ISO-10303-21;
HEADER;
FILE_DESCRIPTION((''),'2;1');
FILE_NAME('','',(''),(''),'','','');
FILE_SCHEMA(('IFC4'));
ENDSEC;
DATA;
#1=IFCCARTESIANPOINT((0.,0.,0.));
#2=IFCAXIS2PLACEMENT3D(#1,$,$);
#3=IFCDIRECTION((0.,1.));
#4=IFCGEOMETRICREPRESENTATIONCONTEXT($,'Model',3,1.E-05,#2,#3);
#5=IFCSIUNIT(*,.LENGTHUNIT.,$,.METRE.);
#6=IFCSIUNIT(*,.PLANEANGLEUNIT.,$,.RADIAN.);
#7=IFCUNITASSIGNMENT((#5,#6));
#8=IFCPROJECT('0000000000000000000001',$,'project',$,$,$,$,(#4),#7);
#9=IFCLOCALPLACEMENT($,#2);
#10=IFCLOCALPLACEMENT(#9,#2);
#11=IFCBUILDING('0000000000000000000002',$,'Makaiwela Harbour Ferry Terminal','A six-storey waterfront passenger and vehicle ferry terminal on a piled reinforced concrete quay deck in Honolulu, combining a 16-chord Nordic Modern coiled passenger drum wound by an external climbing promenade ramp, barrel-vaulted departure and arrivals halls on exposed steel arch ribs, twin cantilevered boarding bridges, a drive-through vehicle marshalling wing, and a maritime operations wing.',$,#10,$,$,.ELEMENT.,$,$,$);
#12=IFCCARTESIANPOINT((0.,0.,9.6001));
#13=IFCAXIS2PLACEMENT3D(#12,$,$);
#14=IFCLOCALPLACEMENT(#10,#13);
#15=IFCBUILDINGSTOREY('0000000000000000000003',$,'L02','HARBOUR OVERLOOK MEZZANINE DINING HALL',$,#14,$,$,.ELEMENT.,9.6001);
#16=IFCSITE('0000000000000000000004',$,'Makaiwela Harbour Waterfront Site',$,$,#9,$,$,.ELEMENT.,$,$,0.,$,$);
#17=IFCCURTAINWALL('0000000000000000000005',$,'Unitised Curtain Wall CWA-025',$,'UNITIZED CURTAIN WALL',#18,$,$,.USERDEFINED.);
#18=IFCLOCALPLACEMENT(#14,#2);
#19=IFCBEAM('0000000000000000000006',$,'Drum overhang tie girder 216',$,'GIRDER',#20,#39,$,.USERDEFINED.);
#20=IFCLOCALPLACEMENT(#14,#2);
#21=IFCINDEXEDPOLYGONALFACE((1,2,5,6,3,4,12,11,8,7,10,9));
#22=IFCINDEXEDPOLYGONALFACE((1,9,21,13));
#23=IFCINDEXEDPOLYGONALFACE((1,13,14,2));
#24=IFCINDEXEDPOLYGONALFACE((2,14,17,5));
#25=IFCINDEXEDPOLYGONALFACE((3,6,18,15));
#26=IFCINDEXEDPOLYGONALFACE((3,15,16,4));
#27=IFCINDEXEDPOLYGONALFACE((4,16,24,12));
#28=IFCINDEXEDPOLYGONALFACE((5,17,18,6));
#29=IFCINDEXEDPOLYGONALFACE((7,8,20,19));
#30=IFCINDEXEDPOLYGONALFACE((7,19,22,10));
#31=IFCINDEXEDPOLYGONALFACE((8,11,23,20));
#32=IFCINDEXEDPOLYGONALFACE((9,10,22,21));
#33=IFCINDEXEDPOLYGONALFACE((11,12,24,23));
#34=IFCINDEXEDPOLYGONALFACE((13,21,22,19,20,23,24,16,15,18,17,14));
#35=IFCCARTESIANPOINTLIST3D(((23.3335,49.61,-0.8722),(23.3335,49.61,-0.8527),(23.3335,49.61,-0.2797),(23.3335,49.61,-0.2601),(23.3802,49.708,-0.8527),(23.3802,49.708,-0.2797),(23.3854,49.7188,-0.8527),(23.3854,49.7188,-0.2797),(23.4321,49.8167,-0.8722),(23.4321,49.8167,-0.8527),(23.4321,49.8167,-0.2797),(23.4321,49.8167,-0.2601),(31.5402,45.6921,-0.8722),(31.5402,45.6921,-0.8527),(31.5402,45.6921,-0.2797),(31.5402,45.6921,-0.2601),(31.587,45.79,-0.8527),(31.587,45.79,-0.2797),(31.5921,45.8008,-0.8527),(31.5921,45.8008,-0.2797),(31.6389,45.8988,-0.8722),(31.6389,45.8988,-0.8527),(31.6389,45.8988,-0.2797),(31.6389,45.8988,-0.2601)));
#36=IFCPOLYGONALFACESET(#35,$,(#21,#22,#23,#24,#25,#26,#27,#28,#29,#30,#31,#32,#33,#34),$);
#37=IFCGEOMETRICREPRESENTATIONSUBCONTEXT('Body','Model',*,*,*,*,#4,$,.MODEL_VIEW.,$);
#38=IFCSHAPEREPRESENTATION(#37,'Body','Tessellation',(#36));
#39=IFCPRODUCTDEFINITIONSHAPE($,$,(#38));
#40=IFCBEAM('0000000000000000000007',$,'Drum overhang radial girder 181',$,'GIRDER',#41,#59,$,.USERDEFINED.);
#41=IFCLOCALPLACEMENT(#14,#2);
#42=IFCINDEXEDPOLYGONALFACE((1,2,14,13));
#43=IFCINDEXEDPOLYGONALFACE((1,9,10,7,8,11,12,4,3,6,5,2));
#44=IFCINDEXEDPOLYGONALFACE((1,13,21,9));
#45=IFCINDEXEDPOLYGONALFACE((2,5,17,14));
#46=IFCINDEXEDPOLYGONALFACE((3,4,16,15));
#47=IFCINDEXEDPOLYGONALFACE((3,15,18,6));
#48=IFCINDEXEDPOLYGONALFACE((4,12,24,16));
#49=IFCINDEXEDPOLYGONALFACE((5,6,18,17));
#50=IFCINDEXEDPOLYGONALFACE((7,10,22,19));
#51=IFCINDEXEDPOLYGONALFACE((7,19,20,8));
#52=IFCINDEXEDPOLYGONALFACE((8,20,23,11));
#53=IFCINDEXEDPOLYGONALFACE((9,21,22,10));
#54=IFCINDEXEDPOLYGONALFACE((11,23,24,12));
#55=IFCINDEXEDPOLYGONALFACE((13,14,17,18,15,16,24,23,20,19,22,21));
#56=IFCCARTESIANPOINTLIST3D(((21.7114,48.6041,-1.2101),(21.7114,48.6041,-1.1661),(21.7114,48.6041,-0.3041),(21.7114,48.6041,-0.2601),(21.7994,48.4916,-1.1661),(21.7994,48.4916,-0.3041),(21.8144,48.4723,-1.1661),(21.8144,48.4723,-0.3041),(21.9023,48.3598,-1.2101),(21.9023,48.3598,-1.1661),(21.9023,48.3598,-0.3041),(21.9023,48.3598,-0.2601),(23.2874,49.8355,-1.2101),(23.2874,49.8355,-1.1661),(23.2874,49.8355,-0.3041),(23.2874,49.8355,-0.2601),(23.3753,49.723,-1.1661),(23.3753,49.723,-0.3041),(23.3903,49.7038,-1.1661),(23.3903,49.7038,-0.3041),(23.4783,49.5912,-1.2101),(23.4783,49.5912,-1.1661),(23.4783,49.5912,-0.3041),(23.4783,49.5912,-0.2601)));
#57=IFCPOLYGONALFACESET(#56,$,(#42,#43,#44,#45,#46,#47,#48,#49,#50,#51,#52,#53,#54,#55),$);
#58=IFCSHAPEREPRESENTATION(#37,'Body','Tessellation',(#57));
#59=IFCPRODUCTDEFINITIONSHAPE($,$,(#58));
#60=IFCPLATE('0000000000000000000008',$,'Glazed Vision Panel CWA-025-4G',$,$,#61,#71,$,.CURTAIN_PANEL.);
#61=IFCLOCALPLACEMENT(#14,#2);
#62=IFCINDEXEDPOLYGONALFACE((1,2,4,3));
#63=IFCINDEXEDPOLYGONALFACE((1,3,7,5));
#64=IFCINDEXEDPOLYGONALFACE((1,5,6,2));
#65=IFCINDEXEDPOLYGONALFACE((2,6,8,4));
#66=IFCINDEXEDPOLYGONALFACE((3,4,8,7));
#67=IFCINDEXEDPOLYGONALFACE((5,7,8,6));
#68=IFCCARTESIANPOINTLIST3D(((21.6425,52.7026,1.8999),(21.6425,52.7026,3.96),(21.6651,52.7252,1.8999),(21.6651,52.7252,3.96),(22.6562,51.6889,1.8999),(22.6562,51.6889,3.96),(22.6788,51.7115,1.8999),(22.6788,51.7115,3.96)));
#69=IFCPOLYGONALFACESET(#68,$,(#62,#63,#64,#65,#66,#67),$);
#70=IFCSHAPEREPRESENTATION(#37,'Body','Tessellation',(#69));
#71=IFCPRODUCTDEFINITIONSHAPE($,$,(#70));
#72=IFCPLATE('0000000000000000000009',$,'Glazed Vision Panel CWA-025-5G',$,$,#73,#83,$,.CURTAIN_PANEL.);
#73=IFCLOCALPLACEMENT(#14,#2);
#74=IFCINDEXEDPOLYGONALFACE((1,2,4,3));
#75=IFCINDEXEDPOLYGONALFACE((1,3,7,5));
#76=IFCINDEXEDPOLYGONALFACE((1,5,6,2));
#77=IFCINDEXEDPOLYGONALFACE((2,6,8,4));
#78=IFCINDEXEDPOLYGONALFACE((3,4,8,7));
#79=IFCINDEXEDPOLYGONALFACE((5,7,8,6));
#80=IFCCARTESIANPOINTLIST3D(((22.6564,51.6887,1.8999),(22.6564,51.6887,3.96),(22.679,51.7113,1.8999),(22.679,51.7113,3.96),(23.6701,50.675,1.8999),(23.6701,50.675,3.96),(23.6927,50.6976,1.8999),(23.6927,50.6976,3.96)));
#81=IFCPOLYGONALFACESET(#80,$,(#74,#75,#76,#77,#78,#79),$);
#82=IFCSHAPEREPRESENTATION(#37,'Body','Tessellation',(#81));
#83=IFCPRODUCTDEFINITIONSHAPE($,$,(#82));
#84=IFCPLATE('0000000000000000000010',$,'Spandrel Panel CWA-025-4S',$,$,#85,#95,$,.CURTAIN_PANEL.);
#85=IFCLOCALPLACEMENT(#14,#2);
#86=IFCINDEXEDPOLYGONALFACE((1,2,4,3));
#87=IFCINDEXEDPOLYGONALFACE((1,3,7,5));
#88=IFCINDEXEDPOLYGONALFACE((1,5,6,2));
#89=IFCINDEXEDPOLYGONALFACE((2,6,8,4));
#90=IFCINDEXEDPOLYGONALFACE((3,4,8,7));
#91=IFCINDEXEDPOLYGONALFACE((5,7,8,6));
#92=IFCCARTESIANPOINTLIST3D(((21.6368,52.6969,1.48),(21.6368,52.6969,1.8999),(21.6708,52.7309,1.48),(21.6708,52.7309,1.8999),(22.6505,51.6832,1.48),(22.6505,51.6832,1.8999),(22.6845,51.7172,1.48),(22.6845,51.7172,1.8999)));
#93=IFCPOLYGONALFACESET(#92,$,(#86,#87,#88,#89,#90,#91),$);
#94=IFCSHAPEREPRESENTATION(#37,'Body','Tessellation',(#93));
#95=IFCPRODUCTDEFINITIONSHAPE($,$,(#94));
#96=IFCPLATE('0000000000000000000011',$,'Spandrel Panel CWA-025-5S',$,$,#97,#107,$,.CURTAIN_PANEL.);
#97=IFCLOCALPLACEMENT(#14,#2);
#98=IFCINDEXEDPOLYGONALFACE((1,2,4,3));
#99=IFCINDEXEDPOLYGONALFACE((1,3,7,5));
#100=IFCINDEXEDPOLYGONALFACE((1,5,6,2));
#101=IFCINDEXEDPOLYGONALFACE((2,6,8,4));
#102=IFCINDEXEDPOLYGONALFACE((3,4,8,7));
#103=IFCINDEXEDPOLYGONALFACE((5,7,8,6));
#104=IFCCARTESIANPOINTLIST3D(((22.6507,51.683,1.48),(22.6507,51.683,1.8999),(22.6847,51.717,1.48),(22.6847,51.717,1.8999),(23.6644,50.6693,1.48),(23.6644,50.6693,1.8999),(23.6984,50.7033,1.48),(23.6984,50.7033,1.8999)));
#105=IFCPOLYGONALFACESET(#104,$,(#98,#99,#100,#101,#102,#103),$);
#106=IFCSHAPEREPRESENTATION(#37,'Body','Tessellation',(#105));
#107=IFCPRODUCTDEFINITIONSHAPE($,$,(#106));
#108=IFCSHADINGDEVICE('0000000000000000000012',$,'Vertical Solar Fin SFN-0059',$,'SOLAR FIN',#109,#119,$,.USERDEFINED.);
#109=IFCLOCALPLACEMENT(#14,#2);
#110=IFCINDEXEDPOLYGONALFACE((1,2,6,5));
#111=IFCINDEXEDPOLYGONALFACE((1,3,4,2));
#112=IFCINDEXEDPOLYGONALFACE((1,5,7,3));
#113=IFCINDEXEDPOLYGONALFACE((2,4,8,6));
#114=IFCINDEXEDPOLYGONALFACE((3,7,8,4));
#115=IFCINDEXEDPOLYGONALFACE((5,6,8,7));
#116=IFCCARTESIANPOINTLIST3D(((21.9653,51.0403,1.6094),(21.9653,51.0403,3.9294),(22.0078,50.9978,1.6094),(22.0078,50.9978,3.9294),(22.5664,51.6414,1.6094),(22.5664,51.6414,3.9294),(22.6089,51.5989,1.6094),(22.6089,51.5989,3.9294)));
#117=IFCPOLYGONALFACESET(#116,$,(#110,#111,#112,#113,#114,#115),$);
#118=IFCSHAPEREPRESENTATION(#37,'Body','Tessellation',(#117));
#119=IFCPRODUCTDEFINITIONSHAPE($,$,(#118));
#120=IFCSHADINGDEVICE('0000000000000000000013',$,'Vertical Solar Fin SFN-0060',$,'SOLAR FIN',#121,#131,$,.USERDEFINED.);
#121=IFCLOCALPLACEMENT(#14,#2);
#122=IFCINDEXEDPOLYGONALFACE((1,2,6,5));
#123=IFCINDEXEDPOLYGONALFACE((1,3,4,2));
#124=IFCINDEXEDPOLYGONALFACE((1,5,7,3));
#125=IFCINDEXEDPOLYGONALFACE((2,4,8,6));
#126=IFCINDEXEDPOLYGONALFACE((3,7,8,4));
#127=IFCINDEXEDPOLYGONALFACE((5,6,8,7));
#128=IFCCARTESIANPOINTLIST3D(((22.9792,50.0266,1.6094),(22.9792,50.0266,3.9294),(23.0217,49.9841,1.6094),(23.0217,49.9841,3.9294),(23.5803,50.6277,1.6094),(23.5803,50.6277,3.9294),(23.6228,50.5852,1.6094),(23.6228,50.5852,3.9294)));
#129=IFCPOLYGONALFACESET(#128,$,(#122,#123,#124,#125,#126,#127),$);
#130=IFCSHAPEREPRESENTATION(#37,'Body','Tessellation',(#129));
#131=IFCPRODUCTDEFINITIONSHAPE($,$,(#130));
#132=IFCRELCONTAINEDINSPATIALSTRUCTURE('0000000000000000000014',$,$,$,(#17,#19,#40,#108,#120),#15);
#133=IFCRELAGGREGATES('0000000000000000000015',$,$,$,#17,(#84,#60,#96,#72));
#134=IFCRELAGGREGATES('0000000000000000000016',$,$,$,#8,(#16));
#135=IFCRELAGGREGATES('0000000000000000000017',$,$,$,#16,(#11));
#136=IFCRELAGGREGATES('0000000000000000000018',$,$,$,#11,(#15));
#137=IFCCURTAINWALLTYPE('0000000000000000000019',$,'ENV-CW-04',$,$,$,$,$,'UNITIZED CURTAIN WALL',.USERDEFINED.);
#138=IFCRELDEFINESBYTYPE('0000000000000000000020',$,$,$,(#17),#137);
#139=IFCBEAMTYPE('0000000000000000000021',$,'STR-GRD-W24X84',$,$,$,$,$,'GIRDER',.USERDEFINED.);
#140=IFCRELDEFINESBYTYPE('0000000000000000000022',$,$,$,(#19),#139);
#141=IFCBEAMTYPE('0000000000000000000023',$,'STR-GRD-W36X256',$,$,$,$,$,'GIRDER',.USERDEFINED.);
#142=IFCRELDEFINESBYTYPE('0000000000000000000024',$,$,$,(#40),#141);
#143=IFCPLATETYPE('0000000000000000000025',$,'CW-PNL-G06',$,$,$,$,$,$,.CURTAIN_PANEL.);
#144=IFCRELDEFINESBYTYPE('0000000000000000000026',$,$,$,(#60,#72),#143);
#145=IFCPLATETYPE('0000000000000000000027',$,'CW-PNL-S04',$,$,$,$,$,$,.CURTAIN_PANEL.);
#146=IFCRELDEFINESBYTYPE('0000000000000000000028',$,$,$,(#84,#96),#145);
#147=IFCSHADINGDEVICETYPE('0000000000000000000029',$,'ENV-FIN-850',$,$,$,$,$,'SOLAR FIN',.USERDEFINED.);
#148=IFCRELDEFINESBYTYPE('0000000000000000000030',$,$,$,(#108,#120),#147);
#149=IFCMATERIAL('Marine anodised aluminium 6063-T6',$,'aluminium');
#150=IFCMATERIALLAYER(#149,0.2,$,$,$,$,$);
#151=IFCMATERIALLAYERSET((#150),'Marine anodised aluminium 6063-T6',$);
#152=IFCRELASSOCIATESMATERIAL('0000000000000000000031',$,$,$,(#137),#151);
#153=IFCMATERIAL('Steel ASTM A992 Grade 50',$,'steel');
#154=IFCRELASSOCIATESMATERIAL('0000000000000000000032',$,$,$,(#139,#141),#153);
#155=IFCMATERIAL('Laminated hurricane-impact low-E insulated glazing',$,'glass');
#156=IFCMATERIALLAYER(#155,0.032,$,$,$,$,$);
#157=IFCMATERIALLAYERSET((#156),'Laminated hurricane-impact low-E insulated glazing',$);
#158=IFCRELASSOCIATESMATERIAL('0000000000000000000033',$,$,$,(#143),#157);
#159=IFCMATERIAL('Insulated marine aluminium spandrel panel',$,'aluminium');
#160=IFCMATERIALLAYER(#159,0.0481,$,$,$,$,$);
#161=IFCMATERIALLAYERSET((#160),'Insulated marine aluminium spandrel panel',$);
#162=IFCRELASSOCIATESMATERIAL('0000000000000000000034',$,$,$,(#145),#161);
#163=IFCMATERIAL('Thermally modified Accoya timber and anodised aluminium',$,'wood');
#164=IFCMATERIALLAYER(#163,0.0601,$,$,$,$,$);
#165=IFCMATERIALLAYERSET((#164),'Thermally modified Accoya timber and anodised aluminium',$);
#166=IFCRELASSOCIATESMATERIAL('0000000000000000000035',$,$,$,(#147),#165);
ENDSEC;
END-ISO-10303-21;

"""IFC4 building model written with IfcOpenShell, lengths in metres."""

from ifc_helpers import new_model, si_unit, direction, frame, origin, origin_2d, place, context, subcontext, project, spatial, rectangle, i_section, extrude, material, layer, layer_set, material_profile, profile_set, type_object, element, aggregate, save


model = new_model("IFC4")

# Units and contexts
model_context = context("Model", 3, precision=1e-05, world=origin(), true_north=direction((0.0, 1.0)))
body_context = subcontext(model_context, "Body", "Model", "MODEL_VIEW")
ifc_project = project(units=[si_unit("LENGTHUNIT", "METRE"), si_unit("PLANEANGLEUNIT", "RADIAN")], contexts=[model_context])

# Site, building, storey
site_placement = place(None, origin())
site = spatial("IfcSite", under=ifc_project, at=site_placement, Name="Makaiwela Harbour Waterfront Site", CompositionType="ELEMENT", RefElevation=0.0)
building_placement = place(site_placement, origin())
building = spatial("IfcBuilding", under=site, at=building_placement, Name="Makaiwela Harbour Ferry Terminal", Description="A six-storey waterfront passenger and vehicle ferry terminal on a piled reinforced concrete quay deck in Honolulu, combining a 16-chord Nordic Modern coiled passenger drum wound by an external climbing promenade ramp, barrel-vaulted departure and arrivals halls on exposed steel arch ribs, twin cantilevered boarding bridges, a drive-through vehicle marshalling wing, and a maritime operations wing.", CompositionType="ELEMENT")
storey_placement = place(building_placement, frame((0.0, 0.0, 9.6001)))
storey = spatial("IfcBuildingStorey", under=building, at=storey_placement, Name="L02", Description="HARBOUR OVERLOOK MEZZANINE DINING HALL", CompositionType="ELEMENT", Elevation=9.6001)

# Curtain wall
ifc_material_1 = material(Name="Marine anodised aluminium 6063-T6", Category="aluminium")
ifc_layer_1 = layer(ifc_material_1, 0.2)
ifc_layer_set_1 = layer_set([ifc_layer_1], Name="Marine anodised aluminium 6063-T6")
curtain_wall_type = type_object("IfcCurtainWallType", Name="ENV-CW-04", ElementType="UNITIZED CURTAIN WALL", PredefinedType="USERDEFINED", material=ifc_layer_set_1)
curtain_wall_placement = place(storey_placement, origin())
curtain_wall = element("IfcCurtainWall", 1, at=curtain_wall_placement, inside=storey, type_object=curtain_wall_type, Name="Unitised Curtain Wall CWA-025", ObjectType="UNITIZED CURTAIN WALL", PredefinedType="USERDEFINED")

# Beams
ifc_material_2 = material(Name="Steel ASTM A992 Grade 50", Category="steel")
ifc_material_profile_1 = material_profile(ifc_material_2, i_section(OverallWidth=0.229, OverallDepth=0.6121, WebThickness=0.012, FlangeThickness=0.0195, at=origin_2d()), Name="W24X84")
ifc_profile_set_1 = profile_set([ifc_material_profile_1], Name="Steel ASTM A992 Grade 50")
beam_type_1 = type_object("IfcBeamType", Name="STR-GRD-W24X84", ElementType="GIRDER", PredefinedType="USERDEFINED", material=ifc_profile_set_1)
beam_1_placement = place(storey_placement, frame((23.3828, 49.7134, -0.5662), z_axis=(0.902434, -0.430827, 0.0), x_axis=(0.430827, 0.902434, 0.0)))
element("IfcBeam", 2, at=beam_1_placement, inside=storey, type_object=beam_type_1, Name="Drum overhang tie girder 216", ObjectType="GIRDER", PredefinedType="USERDEFINED", context=body_context, shape_type="SweptSolid", body=[
    extrude(i_section(OverallWidth=0.229, OverallDepth=0.6121, WebThickness=0.012, FlangeThickness=0.0195, at=origin_2d()), origin(), (0.0, 0.0, 1.0), 9.094),
])
ifc_material_profile_2 = material_profile(ifc_material_2, i_section(OverallWidth=0.3101, OverallDepth=0.95, WebThickness=0.0244, FlangeThickness=0.0439, at=origin_2d()), Name="W36X256")
ifc_profile_set_2 = profile_set([ifc_material_profile_2], Name="Steel ASTM A992 Grade 50")
beam_type_2 = type_object("IfcBeamType", Name="STR-GRD-W36X256", ElementType="GIRDER", PredefinedType="USERDEFINED", material=ifc_profile_set_2)
beam_2_placement = place(storey_placement, frame((23.3828, 49.7134, -0.7351), z_axis=(-0.787963, -0.615722, 0.0), x_axis=(0.615722, -0.787963, 0.0)))
element("IfcBeam", 3, at=beam_2_placement, inside=storey, type_object=beam_type_2, Name="Drum overhang radial girder 181", ObjectType="GIRDER", PredefinedType="USERDEFINED", context=body_context, shape_type="SweptSolid", body=[
    extrude(i_section(OverallWidth=0.3101, OverallDepth=0.95, WebThickness=0.0244, FlangeThickness=0.0439, at=origin_2d()), origin(), (0.0, 0.0, 1.0), 2.0),
])

# Plates
ifc_material_3 = material(Name="Laminated hurricane-impact low-E insulated glazing", Category="glass")
ifc_layer_2 = layer(ifc_material_3, 0.032)
ifc_layer_set_2 = layer_set([ifc_layer_2], Name="Laminated hurricane-impact low-E insulated glazing")
plate_type_1 = type_object("IfcPlateType", Name="CW-PNL-G06", PredefinedType="CURTAIN_PANEL", material=ifc_layer_set_2)
plate_1_placement = place(storey_placement, frame((22.1606, 52.207, 1.8999), z_axis=(0.0, 0.0, 1.0), x_axis=(0.707107, -0.707107, 0.0)))
plate_1 = element("IfcPlate", 4, at=plate_1_placement, type_object=plate_type_1, Name="Glazed Vision Panel CWA-025-4G", PredefinedType="CURTAIN_PANEL", context=body_context, shape_type="SweptSolid", body=[
    extrude(rectangle(XDim=1.4336, YDim=0.032, at=origin_2d()), origin(), (0.0, 0.0, 1.0), 2.0601),
])
plate_2_placement = place(storey_placement, frame((23.1746, 51.1931, 1.8999), z_axis=(0.0, 0.0, 1.0), x_axis=(0.707107, -0.707107, 0.0)))
plate_2 = element("IfcPlate", 5, at=plate_2_placement, type_object=plate_type_1, Name="Glazed Vision Panel CWA-025-5G", PredefinedType="CURTAIN_PANEL", context=body_context, shape_type="SweptSolid", body=[
    extrude(rectangle(XDim=1.4336, YDim=0.032, at=origin_2d()), origin(), (0.0, 0.0, 1.0), 2.0601),
])
ifc_material_4 = material(Name="Insulated marine aluminium spandrel panel", Category="aluminium")
ifc_layer_3 = layer(ifc_material_4, 0.0481)
ifc_layer_set_3 = layer_set([ifc_layer_3], Name="Insulated marine aluminium spandrel panel")
plate_type_2 = type_object("IfcPlateType", Name="CW-PNL-S04", PredefinedType="CURTAIN_PANEL", material=ifc_layer_set_3)
plate_3_placement = place(storey_placement, frame((22.1606, 52.207, 1.48), z_axis=(0.0, 0.0, 1.0), x_axis=(0.707107, -0.707107, 0.0)))
plate_3 = element("IfcPlate", 6, at=plate_3_placement, type_object=plate_type_2, Name="Spandrel Panel CWA-025-4S", PredefinedType="CURTAIN_PANEL", context=body_context, shape_type="SweptSolid", body=[
    extrude(rectangle(XDim=1.4336, YDim=0.0481, at=origin_2d()), origin(), (0.0, 0.0, 1.0), 0.4199),
])
plate_4_placement = place(storey_placement, frame((23.1746, 51.1931, 1.48), z_axis=(0.0, 0.0, 1.0), x_axis=(0.707107, -0.707107, 0.0)))
plate_4 = element("IfcPlate", 7, at=plate_4_placement, type_object=plate_type_2, Name="Spandrel Panel CWA-025-5S", PredefinedType="CURTAIN_PANEL", context=body_context, shape_type="SweptSolid", body=[
    extrude(rectangle(XDim=1.4336, YDim=0.0481, at=origin_2d()), origin(), (0.0, 0.0, 1.0), 0.4199),
])
aggregate(curtain_wall, [plate_3, plate_1, plate_4, plate_2])

# Shading devices
ifc_material_5 = material(Name="Thermally modified Accoya timber and anodised aluminium", Category="wood")
ifc_layer_4 = layer(ifc_material_5, 0.0601)
ifc_layer_set_4 = layer_set([ifc_layer_4], Name="Thermally modified Accoya timber and anodised aluminium")
shading_device_type = type_object("IfcShadingDeviceType", Name="ENV-FIN-850", ElementType="SOLAR FIN", PredefinedType="USERDEFINED", material=ifc_layer_set_4)
for number, where, z_axis, x_axis, name in (
    (8, (22.2871, 51.3196, 1.6094), (0.0, 0.0, 1.0), (-0.707107, -0.707107, 0.0), "Vertical Solar Fin SFN-0059"),
    (9, (23.301, 50.3059, 1.6094), (0.0, 0.0, 1.0), (-0.707107, -0.707107, 0.0), "Vertical Solar Fin SFN-0060"),
):
    element("IfcShadingDevice", number, at=place(storey_placement, frame(where, z_axis=z_axis, x_axis=x_axis)), inside=storey, type_object=shading_device_type, Name=name, ObjectType="SOLAR FIN", PredefinedType="USERDEFINED", context=body_context, shape_type="SweptSolid", body=[
        extrude(rectangle(XDim=0.8501, YDim=0.0601, at=origin_2d()), origin(), (0.0, 0.0, 1.0), 2.3201),
    ])

save(model, "model.ifc")
